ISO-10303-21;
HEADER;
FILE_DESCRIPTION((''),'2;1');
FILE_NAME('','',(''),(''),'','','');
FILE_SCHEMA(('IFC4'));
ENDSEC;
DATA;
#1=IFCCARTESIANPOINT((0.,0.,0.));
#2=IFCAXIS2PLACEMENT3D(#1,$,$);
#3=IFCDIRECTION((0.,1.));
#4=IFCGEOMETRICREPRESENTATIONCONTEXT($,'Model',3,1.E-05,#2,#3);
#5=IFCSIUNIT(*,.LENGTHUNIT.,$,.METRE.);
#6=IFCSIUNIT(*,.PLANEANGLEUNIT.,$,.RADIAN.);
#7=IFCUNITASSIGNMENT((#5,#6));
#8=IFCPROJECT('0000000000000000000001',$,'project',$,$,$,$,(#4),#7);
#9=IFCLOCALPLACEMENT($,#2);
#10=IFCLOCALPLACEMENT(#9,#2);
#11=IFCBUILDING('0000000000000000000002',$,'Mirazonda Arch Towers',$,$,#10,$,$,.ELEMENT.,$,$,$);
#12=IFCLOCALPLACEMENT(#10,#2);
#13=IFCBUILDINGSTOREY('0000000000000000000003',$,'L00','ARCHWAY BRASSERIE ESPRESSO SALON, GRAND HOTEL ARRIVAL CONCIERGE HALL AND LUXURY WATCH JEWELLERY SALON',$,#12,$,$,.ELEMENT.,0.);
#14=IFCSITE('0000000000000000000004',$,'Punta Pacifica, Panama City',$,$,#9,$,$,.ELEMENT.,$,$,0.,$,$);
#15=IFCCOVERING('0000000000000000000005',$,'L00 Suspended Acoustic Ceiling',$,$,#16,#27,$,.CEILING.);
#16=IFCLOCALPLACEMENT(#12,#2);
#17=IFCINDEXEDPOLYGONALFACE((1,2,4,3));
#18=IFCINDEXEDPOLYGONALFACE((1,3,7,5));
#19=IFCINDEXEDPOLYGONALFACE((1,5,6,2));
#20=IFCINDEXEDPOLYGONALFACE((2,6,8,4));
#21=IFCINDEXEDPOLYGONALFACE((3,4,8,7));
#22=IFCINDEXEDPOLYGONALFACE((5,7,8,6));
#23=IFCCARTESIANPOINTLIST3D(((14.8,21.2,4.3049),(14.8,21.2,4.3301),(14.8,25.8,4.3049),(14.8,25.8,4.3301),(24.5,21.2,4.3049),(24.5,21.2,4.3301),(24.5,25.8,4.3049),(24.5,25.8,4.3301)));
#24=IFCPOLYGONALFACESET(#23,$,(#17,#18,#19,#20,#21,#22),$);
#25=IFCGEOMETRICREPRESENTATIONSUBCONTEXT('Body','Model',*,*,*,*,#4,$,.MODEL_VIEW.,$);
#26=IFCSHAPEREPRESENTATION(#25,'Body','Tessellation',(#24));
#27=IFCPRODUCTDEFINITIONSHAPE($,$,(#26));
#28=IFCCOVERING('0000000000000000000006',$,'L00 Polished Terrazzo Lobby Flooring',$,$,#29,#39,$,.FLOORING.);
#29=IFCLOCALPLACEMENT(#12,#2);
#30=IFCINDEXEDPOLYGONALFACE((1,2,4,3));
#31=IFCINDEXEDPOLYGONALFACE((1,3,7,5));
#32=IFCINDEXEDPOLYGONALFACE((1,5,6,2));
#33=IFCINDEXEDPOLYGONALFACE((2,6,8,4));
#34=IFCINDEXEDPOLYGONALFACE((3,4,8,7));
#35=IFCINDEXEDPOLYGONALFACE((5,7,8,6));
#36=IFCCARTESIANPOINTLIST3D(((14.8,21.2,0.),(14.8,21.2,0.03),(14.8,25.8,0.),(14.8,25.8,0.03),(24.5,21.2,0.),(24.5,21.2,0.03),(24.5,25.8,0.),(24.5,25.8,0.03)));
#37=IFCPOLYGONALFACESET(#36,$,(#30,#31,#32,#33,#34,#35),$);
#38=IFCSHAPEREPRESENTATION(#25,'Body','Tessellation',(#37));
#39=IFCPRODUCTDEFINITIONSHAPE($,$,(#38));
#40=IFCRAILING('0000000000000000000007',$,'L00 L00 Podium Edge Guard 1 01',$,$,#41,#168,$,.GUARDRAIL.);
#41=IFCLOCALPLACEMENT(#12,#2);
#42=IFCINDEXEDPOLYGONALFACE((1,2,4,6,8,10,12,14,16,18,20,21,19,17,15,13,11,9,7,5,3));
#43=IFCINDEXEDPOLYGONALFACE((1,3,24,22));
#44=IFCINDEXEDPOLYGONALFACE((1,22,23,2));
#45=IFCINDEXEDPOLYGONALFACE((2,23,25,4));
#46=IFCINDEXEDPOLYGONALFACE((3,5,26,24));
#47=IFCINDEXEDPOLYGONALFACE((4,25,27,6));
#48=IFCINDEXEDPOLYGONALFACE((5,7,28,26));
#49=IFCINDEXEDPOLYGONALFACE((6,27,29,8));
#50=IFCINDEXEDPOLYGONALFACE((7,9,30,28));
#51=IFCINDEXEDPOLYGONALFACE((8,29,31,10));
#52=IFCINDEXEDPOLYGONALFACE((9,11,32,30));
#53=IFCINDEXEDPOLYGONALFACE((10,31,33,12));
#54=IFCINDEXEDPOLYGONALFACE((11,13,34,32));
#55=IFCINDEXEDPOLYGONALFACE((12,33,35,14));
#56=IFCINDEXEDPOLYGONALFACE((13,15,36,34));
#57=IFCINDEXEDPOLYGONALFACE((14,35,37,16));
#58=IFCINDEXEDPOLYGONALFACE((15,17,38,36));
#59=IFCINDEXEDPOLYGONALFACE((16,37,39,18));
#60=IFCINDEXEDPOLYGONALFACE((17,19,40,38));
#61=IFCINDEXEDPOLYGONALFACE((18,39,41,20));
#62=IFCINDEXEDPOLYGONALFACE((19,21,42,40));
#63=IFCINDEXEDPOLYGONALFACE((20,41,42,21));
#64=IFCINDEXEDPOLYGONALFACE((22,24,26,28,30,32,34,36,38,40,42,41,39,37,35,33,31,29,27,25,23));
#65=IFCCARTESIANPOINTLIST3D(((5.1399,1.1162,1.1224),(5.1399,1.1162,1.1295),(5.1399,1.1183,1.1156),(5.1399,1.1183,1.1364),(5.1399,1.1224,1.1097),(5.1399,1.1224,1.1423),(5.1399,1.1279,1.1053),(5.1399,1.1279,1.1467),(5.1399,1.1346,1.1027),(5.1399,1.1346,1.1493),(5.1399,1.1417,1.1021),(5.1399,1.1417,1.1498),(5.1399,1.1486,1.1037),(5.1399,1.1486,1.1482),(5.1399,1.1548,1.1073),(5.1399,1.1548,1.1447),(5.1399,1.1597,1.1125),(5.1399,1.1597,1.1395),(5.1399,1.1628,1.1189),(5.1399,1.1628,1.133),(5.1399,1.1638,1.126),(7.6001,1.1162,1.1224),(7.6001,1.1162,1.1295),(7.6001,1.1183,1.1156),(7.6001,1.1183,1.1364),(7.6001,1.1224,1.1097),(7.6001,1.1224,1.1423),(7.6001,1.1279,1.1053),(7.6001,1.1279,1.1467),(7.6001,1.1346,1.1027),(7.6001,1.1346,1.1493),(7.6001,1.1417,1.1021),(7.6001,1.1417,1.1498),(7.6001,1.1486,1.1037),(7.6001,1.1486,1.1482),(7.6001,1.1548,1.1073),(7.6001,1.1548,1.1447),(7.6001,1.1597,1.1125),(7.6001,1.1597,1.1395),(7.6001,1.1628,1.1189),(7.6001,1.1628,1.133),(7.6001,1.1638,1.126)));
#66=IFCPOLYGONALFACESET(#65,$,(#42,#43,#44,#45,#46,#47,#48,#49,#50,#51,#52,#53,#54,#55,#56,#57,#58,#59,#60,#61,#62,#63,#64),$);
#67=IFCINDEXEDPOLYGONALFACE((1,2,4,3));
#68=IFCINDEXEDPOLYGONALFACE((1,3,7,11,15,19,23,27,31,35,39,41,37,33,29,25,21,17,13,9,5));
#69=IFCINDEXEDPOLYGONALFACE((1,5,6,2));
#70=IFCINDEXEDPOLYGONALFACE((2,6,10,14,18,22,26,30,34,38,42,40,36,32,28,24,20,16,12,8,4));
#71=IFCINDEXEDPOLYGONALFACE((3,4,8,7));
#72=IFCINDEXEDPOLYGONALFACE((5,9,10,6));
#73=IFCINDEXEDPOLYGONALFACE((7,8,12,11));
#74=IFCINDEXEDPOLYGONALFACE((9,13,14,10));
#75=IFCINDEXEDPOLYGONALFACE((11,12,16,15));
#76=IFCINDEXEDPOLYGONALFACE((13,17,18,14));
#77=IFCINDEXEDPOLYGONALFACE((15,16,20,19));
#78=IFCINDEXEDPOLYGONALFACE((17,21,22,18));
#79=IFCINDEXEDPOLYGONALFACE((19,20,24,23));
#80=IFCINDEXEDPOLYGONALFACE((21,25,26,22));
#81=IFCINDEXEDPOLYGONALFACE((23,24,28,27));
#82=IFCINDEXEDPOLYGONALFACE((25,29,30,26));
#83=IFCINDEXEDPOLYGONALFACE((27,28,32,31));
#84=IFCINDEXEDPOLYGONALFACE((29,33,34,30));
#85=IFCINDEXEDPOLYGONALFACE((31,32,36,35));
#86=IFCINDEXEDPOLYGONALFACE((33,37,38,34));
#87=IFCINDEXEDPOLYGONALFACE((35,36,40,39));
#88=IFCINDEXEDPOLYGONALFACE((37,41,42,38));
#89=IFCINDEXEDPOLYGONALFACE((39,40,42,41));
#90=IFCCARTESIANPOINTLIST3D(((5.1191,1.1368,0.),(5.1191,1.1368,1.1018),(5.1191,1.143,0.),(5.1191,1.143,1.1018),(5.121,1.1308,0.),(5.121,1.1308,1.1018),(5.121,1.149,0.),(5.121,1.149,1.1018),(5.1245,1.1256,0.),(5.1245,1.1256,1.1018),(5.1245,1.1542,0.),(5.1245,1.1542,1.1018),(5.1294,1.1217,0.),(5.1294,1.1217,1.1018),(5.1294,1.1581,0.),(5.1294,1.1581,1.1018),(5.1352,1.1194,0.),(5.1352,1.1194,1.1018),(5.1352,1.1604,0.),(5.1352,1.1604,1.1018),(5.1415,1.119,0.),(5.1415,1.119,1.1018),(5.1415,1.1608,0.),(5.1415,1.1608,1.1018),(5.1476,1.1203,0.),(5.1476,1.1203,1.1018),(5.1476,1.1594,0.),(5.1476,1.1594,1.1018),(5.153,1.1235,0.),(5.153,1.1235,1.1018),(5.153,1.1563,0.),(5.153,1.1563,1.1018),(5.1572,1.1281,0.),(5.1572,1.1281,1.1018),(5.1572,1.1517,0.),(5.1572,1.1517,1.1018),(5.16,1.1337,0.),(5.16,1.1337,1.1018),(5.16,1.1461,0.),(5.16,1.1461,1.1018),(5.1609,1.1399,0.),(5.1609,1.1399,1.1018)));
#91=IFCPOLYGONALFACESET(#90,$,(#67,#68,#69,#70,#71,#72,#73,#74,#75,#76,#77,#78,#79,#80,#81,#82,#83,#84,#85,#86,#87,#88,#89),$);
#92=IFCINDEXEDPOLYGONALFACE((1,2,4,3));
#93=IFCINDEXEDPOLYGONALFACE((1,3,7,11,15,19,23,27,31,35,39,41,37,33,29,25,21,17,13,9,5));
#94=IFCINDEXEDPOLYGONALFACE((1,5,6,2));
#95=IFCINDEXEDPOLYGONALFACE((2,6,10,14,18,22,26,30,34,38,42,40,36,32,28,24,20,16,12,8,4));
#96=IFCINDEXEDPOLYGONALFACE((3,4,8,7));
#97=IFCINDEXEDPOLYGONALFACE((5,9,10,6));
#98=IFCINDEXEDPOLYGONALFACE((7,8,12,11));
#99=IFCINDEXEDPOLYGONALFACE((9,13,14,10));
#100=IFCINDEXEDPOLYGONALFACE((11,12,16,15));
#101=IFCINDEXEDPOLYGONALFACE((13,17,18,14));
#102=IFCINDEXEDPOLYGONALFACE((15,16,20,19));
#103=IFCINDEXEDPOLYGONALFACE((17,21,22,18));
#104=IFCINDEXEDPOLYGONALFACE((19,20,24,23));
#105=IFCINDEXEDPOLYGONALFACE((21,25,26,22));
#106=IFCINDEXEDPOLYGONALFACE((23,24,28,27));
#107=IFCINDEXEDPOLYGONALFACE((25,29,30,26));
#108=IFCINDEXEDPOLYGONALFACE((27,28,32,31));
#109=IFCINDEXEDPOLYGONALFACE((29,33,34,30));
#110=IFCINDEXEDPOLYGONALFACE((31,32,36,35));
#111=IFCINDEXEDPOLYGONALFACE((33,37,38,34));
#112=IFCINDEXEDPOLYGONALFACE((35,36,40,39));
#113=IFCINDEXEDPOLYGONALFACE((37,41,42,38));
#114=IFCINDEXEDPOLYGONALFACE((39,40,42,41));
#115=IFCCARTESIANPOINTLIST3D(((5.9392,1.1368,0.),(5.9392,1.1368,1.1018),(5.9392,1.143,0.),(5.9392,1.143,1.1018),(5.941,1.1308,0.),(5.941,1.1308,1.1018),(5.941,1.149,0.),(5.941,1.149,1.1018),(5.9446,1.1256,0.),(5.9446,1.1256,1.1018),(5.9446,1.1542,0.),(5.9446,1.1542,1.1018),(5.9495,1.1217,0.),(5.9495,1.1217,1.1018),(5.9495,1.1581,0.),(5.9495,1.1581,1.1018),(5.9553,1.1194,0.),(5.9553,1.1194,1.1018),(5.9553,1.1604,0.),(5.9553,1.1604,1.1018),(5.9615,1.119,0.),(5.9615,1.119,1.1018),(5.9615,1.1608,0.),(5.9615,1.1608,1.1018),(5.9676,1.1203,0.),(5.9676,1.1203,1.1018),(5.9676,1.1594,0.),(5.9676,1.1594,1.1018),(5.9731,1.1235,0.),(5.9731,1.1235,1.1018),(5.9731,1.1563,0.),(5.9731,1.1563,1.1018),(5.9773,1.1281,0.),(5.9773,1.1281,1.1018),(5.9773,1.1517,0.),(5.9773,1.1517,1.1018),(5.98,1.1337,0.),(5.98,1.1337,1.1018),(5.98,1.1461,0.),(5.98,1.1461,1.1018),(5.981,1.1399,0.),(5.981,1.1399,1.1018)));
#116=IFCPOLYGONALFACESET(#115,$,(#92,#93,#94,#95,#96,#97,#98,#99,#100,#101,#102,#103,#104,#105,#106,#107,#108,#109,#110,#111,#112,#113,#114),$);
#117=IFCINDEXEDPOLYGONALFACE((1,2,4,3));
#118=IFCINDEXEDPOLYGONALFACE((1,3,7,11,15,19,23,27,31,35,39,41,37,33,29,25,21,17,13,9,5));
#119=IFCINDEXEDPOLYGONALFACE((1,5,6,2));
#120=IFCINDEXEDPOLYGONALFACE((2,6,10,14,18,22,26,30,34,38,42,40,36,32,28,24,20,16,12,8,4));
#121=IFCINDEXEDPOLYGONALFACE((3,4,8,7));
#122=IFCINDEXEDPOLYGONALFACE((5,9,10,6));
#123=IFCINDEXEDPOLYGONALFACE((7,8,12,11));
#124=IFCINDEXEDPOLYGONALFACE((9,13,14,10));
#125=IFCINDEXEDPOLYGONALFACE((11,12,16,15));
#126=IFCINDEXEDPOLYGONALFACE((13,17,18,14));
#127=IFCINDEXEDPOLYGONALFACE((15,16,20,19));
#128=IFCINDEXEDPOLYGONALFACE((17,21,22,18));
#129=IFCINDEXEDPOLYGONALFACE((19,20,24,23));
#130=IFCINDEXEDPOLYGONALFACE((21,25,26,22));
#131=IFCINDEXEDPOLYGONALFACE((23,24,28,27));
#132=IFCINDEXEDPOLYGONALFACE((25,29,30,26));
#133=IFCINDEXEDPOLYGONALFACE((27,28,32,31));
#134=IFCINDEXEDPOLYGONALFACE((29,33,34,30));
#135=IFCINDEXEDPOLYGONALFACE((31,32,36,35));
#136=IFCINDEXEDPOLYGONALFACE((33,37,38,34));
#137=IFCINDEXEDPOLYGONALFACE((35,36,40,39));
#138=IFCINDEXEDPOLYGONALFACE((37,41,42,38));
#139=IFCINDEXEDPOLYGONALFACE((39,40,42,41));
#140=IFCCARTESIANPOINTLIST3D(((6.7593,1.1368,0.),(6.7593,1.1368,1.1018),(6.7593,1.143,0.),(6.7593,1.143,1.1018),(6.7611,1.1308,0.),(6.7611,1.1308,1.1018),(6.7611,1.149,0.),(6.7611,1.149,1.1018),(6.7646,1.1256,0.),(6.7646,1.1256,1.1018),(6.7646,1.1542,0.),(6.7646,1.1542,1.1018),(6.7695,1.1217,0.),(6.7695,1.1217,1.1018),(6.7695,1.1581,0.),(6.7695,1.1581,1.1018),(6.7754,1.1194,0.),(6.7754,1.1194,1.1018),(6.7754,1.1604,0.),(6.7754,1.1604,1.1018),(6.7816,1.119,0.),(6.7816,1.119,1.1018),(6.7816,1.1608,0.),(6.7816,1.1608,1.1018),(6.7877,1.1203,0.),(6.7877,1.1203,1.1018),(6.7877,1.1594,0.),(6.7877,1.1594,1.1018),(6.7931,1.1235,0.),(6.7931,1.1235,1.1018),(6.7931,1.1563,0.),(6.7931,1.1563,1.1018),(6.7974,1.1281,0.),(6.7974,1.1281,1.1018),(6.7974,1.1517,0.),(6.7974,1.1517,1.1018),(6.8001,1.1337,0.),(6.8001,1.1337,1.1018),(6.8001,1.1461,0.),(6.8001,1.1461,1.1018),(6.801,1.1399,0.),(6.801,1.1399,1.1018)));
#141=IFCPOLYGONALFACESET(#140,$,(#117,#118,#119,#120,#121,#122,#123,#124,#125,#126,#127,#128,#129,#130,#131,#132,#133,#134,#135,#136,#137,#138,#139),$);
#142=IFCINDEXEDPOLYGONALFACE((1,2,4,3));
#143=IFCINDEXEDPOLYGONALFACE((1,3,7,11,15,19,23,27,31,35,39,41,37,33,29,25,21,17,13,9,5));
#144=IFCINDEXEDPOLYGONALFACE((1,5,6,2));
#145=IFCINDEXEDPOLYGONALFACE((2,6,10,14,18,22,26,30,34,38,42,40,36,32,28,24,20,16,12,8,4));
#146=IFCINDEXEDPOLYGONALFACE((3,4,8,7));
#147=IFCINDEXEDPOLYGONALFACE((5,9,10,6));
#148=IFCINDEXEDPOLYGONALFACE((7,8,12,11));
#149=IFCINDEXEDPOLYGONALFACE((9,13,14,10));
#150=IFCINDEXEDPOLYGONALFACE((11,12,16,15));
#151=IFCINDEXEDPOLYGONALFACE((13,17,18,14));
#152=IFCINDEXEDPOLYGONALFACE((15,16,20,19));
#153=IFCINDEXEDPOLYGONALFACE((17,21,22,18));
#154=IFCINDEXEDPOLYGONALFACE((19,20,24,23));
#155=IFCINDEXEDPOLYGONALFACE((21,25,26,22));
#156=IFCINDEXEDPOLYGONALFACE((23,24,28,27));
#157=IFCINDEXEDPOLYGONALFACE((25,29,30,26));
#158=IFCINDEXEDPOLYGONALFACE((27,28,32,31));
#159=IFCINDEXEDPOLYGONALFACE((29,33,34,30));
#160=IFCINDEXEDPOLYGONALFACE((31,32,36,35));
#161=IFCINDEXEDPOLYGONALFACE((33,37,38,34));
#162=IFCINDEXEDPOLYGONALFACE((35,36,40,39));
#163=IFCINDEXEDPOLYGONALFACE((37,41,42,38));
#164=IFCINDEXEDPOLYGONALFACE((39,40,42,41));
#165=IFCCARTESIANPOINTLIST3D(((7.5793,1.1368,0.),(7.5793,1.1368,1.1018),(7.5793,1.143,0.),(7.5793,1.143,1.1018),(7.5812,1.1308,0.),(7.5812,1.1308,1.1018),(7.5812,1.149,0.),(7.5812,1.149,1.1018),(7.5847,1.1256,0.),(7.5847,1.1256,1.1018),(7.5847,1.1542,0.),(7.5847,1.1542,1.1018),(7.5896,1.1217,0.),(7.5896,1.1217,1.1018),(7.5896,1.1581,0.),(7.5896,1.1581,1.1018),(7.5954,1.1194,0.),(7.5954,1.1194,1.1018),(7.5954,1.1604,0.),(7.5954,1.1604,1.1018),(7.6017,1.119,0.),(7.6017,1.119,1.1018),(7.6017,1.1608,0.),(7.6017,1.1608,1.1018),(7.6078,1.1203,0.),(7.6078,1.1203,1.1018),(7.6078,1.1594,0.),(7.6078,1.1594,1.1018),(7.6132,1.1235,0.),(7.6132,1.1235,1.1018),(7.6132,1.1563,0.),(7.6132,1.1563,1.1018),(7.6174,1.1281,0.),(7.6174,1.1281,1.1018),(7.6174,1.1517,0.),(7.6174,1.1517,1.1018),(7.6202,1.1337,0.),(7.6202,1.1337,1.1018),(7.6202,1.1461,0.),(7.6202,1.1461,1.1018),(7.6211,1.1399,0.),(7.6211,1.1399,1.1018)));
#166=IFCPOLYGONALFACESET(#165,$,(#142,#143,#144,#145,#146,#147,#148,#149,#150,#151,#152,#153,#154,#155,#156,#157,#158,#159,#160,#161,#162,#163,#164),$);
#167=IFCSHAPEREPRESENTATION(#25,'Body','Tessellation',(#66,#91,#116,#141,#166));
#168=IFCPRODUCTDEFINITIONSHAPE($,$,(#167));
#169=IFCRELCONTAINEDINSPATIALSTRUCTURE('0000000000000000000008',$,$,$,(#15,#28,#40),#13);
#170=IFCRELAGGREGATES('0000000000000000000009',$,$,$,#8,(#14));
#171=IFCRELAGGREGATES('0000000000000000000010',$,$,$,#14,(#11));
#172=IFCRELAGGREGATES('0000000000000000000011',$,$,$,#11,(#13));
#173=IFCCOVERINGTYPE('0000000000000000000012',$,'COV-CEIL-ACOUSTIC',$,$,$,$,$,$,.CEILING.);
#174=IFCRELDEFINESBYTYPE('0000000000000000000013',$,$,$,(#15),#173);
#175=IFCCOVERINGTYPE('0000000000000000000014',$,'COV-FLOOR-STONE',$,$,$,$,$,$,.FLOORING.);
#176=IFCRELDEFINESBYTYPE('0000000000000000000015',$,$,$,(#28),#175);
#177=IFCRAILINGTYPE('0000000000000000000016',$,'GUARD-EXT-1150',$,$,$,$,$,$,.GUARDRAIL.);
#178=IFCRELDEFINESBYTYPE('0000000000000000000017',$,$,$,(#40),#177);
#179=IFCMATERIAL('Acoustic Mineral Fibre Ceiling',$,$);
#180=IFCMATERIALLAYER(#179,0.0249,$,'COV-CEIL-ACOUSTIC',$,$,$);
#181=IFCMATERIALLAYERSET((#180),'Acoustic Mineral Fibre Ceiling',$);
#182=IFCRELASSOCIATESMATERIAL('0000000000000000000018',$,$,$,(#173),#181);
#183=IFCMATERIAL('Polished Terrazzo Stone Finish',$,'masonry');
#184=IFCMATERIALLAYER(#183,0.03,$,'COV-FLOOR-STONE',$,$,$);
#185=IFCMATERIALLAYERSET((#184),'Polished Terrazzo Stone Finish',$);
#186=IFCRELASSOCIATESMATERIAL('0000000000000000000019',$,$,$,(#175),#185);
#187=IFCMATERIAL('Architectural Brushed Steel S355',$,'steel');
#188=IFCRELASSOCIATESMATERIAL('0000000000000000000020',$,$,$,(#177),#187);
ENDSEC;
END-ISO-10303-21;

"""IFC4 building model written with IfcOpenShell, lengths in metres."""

from ifc_helpers import new_model, si_unit, direction, frame, origin, origin_2d, place, context, subcontext, project, spatial, polyline, circle, outline, extrude, material, layer, layer_set, type_object, element, save


model = new_model("IFC4")

# Units and contexts
model_context = context("Model", 3, precision=1e-05, world=origin(), true_north=direction((0.0, 1.0)))
body_context = subcontext(model_context, "Body", "Model", "MODEL_VIEW")
ifc_project = project(units=[si_unit("LENGTHUNIT", "METRE"), si_unit("PLANEANGLEUNIT", "RADIAN")], contexts=[model_context])

# Site, building, storey
site_placement = place(None, origin())
site = spatial("IfcSite", under=ifc_project, at=site_placement, Name="Punta Pacifica, Panama City", CompositionType="ELEMENT", RefElevation=0.0)
building_placement = place(site_placement, origin())
building = spatial("IfcBuilding", under=site, at=building_placement, Name="Mirazonda Arch Towers", CompositionType="ELEMENT")
storey_placement = place(building_placement, origin())
storey = spatial("IfcBuildingStorey", under=building, at=storey_placement, Name="L00", Description="ARCHWAY BRASSERIE ESPRESSO SALON, GRAND HOTEL ARRIVAL CONCIERGE HALL AND LUXURY WATCH JEWELLERY SALON", CompositionType="ELEMENT", Elevation=0.0)

# Shared definitions
ifc_material_1 = material(Name="Architectural Brushed Steel S355", Category="steel")

# Coverings
ifc_material_2 = material(Name="Acoustic Mineral Fibre Ceiling")
ifc_layer_1 = layer(ifc_material_2, 0.0249, Name="COV-CEIL-ACOUSTIC")
ifc_layer_set_1 = layer_set([ifc_layer_1], Name="Acoustic Mineral Fibre Ceiling")
covering_type_1 = type_object("IfcCoveringType", Name="COV-CEIL-ACOUSTIC", PredefinedType="CEILING", material=ifc_layer_set_1)
covering_1_placement = place(storey_placement, frame((0.0, 0.0, 4.3049)))
element("IfcCovering", 1, at=covering_1_placement, inside=storey, type_object=covering_type_1, Name="L00 Suspended Acoustic Ceiling", PredefinedType="CEILING", context=body_context, shape_type="SweptSolid", body=[
    extrude(outline(polyline([(14.8, 21.2), (24.5, 21.2), (24.5, 25.8), (14.8, 25.8), (14.8, 21.2)])), origin(), (0.0, 0.0, 1.0), 0.0251),
])
ifc_material_3 = material(Name="Polished Terrazzo Stone Finish", Category="masonry")
ifc_layer_2 = layer(ifc_material_3, 0.03, Name="COV-FLOOR-STONE")
ifc_layer_set_2 = layer_set([ifc_layer_2], Name="Polished Terrazzo Stone Finish")
covering_type_2 = type_object("IfcCoveringType", Name="COV-FLOOR-STONE", PredefinedType="FLOORING", material=ifc_layer_set_2)
covering_2_placement = place(storey_placement, origin())
element("IfcCovering", 2, at=covering_2_placement, inside=storey, type_object=covering_type_2, Name="L00 Polished Terrazzo Lobby Flooring", PredefinedType="FLOORING", context=body_context, shape_type="SweptSolid", body=[
    extrude(outline(polyline([(14.8, 21.2), (24.5, 21.2), (24.5, 25.8), (14.8, 25.8), (14.8, 21.2)])), origin(), (0.0, 0.0, 1.0), 0.03),
])

# Railing
railing_type = type_object("IfcRailingType", Name="GUARD-EXT-1150", PredefinedType="GUARDRAIL", material=ifc_material_1)
railing_1_placement = place(storey_placement, frame((5.1399, 1.1399, 0.0)))
element("IfcRailing", 3, at=railing_1_placement, inside=storey, type_object=railing_type, Name="L00 L00 Podium Edge Guard 1 01", PredefinedType="GUARDRAIL", context=body_context, shape_type="SweptSolid", body=[
    extrude(circle(Radius=0.0239, at=origin_2d()), frame((0.0, 0.0, 1.126), z_axis=(1.0, 0.0, 0.0), x_axis=(0.0, 1.0, 0.0)), (0.0, 0.0, 1.0), 2.4602),
    extrude(circle(Radius=0.021, at=origin_2d()), origin(), (0.0, 0.0, 1.0), 1.1018),
    extrude(circle(Radius=0.021, at=origin_2d()), frame((0.8201, 0.0, 0.0)), (0.0, 0.0, 1.0), 1.1018),
    extrude(circle(Radius=0.021, at=origin_2d()), frame((1.6401, 0.0, 0.0)), (0.0, 0.0, 1.0), 1.1018),
    extrude(circle(Radius=0.021, at=origin_2d()), frame((2.4602, 0.0, 0.0)), (0.0, 0.0, 1.0), 1.1018),
])

save(model, "model.ifc")
